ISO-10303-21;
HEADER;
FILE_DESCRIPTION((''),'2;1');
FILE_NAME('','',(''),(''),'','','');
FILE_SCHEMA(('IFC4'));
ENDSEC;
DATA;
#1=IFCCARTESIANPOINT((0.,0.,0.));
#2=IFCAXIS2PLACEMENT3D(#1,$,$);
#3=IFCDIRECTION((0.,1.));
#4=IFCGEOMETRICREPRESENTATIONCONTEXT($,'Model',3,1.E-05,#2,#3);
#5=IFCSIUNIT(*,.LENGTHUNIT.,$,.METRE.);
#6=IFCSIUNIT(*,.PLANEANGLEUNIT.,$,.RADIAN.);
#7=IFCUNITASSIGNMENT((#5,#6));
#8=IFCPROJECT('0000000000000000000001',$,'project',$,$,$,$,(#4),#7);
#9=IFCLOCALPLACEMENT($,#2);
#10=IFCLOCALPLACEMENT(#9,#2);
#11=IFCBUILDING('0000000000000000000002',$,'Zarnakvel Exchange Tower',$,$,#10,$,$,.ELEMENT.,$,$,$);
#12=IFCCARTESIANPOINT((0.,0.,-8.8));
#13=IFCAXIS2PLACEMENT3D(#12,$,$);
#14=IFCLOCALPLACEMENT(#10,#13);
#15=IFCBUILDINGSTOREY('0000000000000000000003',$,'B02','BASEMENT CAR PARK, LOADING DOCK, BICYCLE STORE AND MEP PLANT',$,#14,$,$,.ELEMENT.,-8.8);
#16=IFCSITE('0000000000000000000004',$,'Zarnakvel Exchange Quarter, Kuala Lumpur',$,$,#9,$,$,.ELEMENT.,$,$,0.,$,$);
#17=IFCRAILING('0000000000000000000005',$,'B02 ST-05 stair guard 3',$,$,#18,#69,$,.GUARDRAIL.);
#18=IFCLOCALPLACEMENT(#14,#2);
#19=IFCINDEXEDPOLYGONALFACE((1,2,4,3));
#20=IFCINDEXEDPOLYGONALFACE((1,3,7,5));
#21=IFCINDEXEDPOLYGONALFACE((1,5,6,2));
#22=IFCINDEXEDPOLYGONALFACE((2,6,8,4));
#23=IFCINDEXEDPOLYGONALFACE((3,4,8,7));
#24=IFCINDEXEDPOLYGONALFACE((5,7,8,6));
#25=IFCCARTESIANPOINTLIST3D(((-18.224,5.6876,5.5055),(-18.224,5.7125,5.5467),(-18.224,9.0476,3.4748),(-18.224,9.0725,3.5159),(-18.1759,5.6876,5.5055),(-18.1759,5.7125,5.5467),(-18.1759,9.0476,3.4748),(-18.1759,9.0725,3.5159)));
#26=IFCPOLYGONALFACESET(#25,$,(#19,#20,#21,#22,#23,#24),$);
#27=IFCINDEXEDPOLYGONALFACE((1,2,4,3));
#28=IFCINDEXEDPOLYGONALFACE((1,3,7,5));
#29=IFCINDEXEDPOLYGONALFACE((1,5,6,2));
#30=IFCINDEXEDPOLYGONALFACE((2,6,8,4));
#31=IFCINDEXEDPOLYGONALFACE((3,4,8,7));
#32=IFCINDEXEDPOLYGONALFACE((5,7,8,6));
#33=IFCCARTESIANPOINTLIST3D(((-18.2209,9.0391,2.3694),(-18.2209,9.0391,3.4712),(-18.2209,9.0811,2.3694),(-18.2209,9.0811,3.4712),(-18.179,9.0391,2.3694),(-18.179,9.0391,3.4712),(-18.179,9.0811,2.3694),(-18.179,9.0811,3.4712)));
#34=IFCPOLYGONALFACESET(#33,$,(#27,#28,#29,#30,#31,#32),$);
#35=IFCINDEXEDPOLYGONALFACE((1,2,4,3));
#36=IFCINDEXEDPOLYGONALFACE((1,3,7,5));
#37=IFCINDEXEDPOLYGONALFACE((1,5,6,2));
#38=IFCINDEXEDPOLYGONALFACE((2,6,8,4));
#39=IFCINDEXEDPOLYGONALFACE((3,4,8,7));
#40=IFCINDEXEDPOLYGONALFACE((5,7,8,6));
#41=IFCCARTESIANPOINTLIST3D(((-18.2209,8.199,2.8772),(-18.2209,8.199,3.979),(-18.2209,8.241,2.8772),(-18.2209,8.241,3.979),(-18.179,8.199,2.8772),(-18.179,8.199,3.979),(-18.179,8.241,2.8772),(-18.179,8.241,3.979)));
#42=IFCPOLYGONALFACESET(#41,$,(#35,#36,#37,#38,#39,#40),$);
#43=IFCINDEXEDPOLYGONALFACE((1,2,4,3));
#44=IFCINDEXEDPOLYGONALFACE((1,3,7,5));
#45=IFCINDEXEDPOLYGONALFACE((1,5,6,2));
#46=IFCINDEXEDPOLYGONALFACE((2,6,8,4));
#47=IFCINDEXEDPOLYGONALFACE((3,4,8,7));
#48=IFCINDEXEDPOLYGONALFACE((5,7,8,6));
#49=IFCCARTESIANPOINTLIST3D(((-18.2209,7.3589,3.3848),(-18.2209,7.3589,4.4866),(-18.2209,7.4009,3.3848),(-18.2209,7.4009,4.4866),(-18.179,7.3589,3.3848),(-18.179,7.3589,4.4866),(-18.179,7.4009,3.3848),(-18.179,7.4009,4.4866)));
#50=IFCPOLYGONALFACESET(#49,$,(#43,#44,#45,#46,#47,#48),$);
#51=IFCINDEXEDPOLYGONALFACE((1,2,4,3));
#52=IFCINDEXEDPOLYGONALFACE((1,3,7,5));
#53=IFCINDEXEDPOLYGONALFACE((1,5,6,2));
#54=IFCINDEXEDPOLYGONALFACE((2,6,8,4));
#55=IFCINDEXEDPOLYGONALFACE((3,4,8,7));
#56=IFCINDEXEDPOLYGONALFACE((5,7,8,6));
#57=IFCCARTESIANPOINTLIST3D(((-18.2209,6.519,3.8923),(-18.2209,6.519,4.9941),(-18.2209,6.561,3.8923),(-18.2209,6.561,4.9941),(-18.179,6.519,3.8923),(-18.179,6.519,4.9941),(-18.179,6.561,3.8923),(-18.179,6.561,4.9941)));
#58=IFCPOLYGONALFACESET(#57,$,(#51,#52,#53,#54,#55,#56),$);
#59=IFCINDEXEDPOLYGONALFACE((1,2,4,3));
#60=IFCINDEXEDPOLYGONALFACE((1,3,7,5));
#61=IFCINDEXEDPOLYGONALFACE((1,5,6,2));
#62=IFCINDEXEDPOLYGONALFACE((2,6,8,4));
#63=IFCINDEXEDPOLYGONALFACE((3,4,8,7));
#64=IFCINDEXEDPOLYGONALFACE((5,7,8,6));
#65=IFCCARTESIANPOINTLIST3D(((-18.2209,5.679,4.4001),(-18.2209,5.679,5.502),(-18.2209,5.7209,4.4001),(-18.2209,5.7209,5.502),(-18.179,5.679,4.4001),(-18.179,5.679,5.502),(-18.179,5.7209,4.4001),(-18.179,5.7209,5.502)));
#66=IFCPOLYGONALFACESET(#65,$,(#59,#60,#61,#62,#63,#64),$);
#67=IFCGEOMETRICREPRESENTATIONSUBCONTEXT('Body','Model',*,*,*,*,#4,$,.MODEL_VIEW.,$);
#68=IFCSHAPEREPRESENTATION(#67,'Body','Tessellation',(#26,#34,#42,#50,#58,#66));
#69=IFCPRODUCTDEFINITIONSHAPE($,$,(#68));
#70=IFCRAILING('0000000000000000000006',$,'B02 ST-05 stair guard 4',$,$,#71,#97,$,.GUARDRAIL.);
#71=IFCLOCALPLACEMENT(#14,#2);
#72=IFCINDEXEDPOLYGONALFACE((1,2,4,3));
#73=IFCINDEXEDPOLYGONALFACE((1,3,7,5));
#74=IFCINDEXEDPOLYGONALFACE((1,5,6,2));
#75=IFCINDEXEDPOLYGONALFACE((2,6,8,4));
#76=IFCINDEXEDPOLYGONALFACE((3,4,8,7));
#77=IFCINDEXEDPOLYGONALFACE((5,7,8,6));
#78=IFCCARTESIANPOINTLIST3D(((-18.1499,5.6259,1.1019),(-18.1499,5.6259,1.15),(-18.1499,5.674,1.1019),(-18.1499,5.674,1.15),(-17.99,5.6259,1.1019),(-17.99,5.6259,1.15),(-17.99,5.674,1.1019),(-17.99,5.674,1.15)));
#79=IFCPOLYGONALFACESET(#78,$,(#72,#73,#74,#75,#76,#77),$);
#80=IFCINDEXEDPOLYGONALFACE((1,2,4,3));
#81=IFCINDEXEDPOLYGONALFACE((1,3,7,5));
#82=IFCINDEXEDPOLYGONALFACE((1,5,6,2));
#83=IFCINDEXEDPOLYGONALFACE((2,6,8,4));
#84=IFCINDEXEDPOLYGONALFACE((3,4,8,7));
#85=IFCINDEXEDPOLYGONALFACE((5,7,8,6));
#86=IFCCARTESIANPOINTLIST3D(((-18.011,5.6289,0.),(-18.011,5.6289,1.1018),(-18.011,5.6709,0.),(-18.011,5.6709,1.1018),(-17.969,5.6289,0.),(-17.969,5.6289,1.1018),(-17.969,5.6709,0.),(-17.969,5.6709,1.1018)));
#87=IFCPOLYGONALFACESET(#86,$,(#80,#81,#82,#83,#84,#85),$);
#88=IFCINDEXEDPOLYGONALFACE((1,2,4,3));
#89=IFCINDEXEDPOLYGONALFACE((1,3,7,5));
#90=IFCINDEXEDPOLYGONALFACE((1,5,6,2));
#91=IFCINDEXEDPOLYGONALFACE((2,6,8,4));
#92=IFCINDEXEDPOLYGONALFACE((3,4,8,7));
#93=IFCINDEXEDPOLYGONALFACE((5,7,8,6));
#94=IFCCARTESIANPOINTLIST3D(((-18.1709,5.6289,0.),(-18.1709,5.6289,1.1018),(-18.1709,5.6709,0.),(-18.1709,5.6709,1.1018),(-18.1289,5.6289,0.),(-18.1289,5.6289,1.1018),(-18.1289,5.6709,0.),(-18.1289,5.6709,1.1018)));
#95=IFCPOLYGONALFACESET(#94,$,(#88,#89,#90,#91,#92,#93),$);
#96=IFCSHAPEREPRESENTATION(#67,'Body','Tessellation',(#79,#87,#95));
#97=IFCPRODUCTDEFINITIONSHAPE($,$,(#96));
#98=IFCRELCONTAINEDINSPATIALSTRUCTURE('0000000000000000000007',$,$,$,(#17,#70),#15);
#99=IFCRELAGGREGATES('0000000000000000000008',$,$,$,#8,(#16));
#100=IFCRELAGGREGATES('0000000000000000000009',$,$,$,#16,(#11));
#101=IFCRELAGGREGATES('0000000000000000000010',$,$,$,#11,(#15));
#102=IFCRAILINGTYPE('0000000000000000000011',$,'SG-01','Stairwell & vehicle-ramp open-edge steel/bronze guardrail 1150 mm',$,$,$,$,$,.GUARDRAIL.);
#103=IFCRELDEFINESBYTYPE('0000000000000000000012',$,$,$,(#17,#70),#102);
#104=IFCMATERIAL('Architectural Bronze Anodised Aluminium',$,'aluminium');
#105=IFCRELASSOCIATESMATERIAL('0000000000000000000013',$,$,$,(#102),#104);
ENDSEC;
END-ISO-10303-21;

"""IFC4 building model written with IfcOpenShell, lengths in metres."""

from ifc_helpers import new_model, si_unit, direction, frame, origin, origin_2d, place, context, subcontext, project, spatial, rectangle, extrude, material, type_object, element, save


model = new_model("IFC4")

# Units and contexts
model_context = context("Model", 3, precision=1e-05, world=origin(), true_north=direction((0.0, 1.0)))
body_context = subcontext(model_context, "Body", "Model", "MODEL_VIEW")
ifc_project = project(units=[si_unit("LENGTHUNIT", "METRE"), si_unit("PLANEANGLEUNIT", "RADIAN")], contexts=[model_context])

# Site, building, storey
site_placement = place(None, origin())
site = spatial("IfcSite", under=ifc_project, at=site_placement, Name="Zarnakvel Exchange Quarter, Kuala Lumpur", CompositionType="ELEMENT", RefElevation=0.0)
building_placement = place(site_placement, origin())
building = spatial("IfcBuilding", under=site, at=building_placement, Name="Zarnakvel Exchange Tower", CompositionType="ELEMENT")
storey_placement = place(building_placement, frame((0.0, 0.0, -8.8)))
storey = spatial("IfcBuildingStorey", under=building, at=storey_placement, Name="B02", Description="BASEMENT CAR PARK, LOADING DOCK, BICYCLE STORE AND MEP PLANT", CompositionType="ELEMENT", Elevation=-8.8)

# Railings
ifc_material_1 = material(Name="Architectural Bronze Anodised Aluminium", Category="aluminium")
railing_type_1 = type_object("IfcRailingType", Name="SG-01", Description="Stairwell & vehicle-ramp open-edge steel/bronze guardrail 1150 mm", PredefinedType="GUARDRAIL", material=ifc_material_1)
railing_1_placement = place(storey_placement, frame((-18.2, 9.0601, 2.3694)))
element("IfcRailing", 1, at=railing_1_placement, inside=storey, type_object=railing_type_1, Name="B02 ST-05 stair guard 3", PredefinedType="GUARDRAIL", context=body_context, shape_type="SweptSolid", body=[
    extrude(rectangle(XDim=0.0481, YDim=0.0481, at=origin_2d()), frame((0.0, 0.0, 1.126), z_axis=(0.0, -0.855837, 0.517246), x_axis=(1.0, 0.0, 0.0)), (0.0, 0.0, 1.0), 3.926),
    extrude(rectangle(XDim=0.042, YDim=0.042, at=origin_2d()), origin(), (0.0, 0.0, 1.0), 1.1018),
    extrude(rectangle(XDim=0.042, YDim=0.042, at=origin_2d()), frame((0.0, -0.8401, 0.5078)), (0.0, 0.0, 1.0), 1.1018),
    extrude(rectangle(XDim=0.042, YDim=0.042, at=origin_2d()), frame((0.0, -1.6802, 1.0154)), (0.0, 0.0, 1.0), 1.1018),
    extrude(rectangle(XDim=0.042, YDim=0.042, at=origin_2d()), frame((0.0, -2.52, 1.5229)), (0.0, 0.0, 1.0), 1.1018),
    extrude(rectangle(XDim=0.042, YDim=0.042, at=origin_2d()), frame((0.0, -3.3601, 2.0308)), (0.0, 0.0, 1.0), 1.1018),
])
railing_2_placement = place(storey_placement, frame((-17.99, 5.6499, 0.0)))
element("IfcRailing", 2, at=railing_2_placement, inside=storey, type_object=railing_type_1, Name="B02 ST-05 stair guard 4", PredefinedType="GUARDRAIL", context=body_context, shape_type="SweptSolid", body=[
    extrude(rectangle(XDim=0.0481, YDim=0.0481, at=origin_2d()), frame((0.0, 0.0, 1.126), z_axis=(-1.0, 0.0, 0.0), x_axis=(0.0, -1.0, 0.0)), (0.0, 0.0, 1.0), 0.1599),
    extrude(rectangle(XDim=0.042, YDim=0.042, at=origin_2d()), origin(), (0.0, 0.0, 1.0), 1.1018),
    extrude(rectangle(XDim=0.042, YDim=0.042, at=origin_2d()), frame((-0.1599, 0.0, 0.0)), (0.0, 0.0, 1.0), 1.1018),
])

save(model, "model.ifc")
